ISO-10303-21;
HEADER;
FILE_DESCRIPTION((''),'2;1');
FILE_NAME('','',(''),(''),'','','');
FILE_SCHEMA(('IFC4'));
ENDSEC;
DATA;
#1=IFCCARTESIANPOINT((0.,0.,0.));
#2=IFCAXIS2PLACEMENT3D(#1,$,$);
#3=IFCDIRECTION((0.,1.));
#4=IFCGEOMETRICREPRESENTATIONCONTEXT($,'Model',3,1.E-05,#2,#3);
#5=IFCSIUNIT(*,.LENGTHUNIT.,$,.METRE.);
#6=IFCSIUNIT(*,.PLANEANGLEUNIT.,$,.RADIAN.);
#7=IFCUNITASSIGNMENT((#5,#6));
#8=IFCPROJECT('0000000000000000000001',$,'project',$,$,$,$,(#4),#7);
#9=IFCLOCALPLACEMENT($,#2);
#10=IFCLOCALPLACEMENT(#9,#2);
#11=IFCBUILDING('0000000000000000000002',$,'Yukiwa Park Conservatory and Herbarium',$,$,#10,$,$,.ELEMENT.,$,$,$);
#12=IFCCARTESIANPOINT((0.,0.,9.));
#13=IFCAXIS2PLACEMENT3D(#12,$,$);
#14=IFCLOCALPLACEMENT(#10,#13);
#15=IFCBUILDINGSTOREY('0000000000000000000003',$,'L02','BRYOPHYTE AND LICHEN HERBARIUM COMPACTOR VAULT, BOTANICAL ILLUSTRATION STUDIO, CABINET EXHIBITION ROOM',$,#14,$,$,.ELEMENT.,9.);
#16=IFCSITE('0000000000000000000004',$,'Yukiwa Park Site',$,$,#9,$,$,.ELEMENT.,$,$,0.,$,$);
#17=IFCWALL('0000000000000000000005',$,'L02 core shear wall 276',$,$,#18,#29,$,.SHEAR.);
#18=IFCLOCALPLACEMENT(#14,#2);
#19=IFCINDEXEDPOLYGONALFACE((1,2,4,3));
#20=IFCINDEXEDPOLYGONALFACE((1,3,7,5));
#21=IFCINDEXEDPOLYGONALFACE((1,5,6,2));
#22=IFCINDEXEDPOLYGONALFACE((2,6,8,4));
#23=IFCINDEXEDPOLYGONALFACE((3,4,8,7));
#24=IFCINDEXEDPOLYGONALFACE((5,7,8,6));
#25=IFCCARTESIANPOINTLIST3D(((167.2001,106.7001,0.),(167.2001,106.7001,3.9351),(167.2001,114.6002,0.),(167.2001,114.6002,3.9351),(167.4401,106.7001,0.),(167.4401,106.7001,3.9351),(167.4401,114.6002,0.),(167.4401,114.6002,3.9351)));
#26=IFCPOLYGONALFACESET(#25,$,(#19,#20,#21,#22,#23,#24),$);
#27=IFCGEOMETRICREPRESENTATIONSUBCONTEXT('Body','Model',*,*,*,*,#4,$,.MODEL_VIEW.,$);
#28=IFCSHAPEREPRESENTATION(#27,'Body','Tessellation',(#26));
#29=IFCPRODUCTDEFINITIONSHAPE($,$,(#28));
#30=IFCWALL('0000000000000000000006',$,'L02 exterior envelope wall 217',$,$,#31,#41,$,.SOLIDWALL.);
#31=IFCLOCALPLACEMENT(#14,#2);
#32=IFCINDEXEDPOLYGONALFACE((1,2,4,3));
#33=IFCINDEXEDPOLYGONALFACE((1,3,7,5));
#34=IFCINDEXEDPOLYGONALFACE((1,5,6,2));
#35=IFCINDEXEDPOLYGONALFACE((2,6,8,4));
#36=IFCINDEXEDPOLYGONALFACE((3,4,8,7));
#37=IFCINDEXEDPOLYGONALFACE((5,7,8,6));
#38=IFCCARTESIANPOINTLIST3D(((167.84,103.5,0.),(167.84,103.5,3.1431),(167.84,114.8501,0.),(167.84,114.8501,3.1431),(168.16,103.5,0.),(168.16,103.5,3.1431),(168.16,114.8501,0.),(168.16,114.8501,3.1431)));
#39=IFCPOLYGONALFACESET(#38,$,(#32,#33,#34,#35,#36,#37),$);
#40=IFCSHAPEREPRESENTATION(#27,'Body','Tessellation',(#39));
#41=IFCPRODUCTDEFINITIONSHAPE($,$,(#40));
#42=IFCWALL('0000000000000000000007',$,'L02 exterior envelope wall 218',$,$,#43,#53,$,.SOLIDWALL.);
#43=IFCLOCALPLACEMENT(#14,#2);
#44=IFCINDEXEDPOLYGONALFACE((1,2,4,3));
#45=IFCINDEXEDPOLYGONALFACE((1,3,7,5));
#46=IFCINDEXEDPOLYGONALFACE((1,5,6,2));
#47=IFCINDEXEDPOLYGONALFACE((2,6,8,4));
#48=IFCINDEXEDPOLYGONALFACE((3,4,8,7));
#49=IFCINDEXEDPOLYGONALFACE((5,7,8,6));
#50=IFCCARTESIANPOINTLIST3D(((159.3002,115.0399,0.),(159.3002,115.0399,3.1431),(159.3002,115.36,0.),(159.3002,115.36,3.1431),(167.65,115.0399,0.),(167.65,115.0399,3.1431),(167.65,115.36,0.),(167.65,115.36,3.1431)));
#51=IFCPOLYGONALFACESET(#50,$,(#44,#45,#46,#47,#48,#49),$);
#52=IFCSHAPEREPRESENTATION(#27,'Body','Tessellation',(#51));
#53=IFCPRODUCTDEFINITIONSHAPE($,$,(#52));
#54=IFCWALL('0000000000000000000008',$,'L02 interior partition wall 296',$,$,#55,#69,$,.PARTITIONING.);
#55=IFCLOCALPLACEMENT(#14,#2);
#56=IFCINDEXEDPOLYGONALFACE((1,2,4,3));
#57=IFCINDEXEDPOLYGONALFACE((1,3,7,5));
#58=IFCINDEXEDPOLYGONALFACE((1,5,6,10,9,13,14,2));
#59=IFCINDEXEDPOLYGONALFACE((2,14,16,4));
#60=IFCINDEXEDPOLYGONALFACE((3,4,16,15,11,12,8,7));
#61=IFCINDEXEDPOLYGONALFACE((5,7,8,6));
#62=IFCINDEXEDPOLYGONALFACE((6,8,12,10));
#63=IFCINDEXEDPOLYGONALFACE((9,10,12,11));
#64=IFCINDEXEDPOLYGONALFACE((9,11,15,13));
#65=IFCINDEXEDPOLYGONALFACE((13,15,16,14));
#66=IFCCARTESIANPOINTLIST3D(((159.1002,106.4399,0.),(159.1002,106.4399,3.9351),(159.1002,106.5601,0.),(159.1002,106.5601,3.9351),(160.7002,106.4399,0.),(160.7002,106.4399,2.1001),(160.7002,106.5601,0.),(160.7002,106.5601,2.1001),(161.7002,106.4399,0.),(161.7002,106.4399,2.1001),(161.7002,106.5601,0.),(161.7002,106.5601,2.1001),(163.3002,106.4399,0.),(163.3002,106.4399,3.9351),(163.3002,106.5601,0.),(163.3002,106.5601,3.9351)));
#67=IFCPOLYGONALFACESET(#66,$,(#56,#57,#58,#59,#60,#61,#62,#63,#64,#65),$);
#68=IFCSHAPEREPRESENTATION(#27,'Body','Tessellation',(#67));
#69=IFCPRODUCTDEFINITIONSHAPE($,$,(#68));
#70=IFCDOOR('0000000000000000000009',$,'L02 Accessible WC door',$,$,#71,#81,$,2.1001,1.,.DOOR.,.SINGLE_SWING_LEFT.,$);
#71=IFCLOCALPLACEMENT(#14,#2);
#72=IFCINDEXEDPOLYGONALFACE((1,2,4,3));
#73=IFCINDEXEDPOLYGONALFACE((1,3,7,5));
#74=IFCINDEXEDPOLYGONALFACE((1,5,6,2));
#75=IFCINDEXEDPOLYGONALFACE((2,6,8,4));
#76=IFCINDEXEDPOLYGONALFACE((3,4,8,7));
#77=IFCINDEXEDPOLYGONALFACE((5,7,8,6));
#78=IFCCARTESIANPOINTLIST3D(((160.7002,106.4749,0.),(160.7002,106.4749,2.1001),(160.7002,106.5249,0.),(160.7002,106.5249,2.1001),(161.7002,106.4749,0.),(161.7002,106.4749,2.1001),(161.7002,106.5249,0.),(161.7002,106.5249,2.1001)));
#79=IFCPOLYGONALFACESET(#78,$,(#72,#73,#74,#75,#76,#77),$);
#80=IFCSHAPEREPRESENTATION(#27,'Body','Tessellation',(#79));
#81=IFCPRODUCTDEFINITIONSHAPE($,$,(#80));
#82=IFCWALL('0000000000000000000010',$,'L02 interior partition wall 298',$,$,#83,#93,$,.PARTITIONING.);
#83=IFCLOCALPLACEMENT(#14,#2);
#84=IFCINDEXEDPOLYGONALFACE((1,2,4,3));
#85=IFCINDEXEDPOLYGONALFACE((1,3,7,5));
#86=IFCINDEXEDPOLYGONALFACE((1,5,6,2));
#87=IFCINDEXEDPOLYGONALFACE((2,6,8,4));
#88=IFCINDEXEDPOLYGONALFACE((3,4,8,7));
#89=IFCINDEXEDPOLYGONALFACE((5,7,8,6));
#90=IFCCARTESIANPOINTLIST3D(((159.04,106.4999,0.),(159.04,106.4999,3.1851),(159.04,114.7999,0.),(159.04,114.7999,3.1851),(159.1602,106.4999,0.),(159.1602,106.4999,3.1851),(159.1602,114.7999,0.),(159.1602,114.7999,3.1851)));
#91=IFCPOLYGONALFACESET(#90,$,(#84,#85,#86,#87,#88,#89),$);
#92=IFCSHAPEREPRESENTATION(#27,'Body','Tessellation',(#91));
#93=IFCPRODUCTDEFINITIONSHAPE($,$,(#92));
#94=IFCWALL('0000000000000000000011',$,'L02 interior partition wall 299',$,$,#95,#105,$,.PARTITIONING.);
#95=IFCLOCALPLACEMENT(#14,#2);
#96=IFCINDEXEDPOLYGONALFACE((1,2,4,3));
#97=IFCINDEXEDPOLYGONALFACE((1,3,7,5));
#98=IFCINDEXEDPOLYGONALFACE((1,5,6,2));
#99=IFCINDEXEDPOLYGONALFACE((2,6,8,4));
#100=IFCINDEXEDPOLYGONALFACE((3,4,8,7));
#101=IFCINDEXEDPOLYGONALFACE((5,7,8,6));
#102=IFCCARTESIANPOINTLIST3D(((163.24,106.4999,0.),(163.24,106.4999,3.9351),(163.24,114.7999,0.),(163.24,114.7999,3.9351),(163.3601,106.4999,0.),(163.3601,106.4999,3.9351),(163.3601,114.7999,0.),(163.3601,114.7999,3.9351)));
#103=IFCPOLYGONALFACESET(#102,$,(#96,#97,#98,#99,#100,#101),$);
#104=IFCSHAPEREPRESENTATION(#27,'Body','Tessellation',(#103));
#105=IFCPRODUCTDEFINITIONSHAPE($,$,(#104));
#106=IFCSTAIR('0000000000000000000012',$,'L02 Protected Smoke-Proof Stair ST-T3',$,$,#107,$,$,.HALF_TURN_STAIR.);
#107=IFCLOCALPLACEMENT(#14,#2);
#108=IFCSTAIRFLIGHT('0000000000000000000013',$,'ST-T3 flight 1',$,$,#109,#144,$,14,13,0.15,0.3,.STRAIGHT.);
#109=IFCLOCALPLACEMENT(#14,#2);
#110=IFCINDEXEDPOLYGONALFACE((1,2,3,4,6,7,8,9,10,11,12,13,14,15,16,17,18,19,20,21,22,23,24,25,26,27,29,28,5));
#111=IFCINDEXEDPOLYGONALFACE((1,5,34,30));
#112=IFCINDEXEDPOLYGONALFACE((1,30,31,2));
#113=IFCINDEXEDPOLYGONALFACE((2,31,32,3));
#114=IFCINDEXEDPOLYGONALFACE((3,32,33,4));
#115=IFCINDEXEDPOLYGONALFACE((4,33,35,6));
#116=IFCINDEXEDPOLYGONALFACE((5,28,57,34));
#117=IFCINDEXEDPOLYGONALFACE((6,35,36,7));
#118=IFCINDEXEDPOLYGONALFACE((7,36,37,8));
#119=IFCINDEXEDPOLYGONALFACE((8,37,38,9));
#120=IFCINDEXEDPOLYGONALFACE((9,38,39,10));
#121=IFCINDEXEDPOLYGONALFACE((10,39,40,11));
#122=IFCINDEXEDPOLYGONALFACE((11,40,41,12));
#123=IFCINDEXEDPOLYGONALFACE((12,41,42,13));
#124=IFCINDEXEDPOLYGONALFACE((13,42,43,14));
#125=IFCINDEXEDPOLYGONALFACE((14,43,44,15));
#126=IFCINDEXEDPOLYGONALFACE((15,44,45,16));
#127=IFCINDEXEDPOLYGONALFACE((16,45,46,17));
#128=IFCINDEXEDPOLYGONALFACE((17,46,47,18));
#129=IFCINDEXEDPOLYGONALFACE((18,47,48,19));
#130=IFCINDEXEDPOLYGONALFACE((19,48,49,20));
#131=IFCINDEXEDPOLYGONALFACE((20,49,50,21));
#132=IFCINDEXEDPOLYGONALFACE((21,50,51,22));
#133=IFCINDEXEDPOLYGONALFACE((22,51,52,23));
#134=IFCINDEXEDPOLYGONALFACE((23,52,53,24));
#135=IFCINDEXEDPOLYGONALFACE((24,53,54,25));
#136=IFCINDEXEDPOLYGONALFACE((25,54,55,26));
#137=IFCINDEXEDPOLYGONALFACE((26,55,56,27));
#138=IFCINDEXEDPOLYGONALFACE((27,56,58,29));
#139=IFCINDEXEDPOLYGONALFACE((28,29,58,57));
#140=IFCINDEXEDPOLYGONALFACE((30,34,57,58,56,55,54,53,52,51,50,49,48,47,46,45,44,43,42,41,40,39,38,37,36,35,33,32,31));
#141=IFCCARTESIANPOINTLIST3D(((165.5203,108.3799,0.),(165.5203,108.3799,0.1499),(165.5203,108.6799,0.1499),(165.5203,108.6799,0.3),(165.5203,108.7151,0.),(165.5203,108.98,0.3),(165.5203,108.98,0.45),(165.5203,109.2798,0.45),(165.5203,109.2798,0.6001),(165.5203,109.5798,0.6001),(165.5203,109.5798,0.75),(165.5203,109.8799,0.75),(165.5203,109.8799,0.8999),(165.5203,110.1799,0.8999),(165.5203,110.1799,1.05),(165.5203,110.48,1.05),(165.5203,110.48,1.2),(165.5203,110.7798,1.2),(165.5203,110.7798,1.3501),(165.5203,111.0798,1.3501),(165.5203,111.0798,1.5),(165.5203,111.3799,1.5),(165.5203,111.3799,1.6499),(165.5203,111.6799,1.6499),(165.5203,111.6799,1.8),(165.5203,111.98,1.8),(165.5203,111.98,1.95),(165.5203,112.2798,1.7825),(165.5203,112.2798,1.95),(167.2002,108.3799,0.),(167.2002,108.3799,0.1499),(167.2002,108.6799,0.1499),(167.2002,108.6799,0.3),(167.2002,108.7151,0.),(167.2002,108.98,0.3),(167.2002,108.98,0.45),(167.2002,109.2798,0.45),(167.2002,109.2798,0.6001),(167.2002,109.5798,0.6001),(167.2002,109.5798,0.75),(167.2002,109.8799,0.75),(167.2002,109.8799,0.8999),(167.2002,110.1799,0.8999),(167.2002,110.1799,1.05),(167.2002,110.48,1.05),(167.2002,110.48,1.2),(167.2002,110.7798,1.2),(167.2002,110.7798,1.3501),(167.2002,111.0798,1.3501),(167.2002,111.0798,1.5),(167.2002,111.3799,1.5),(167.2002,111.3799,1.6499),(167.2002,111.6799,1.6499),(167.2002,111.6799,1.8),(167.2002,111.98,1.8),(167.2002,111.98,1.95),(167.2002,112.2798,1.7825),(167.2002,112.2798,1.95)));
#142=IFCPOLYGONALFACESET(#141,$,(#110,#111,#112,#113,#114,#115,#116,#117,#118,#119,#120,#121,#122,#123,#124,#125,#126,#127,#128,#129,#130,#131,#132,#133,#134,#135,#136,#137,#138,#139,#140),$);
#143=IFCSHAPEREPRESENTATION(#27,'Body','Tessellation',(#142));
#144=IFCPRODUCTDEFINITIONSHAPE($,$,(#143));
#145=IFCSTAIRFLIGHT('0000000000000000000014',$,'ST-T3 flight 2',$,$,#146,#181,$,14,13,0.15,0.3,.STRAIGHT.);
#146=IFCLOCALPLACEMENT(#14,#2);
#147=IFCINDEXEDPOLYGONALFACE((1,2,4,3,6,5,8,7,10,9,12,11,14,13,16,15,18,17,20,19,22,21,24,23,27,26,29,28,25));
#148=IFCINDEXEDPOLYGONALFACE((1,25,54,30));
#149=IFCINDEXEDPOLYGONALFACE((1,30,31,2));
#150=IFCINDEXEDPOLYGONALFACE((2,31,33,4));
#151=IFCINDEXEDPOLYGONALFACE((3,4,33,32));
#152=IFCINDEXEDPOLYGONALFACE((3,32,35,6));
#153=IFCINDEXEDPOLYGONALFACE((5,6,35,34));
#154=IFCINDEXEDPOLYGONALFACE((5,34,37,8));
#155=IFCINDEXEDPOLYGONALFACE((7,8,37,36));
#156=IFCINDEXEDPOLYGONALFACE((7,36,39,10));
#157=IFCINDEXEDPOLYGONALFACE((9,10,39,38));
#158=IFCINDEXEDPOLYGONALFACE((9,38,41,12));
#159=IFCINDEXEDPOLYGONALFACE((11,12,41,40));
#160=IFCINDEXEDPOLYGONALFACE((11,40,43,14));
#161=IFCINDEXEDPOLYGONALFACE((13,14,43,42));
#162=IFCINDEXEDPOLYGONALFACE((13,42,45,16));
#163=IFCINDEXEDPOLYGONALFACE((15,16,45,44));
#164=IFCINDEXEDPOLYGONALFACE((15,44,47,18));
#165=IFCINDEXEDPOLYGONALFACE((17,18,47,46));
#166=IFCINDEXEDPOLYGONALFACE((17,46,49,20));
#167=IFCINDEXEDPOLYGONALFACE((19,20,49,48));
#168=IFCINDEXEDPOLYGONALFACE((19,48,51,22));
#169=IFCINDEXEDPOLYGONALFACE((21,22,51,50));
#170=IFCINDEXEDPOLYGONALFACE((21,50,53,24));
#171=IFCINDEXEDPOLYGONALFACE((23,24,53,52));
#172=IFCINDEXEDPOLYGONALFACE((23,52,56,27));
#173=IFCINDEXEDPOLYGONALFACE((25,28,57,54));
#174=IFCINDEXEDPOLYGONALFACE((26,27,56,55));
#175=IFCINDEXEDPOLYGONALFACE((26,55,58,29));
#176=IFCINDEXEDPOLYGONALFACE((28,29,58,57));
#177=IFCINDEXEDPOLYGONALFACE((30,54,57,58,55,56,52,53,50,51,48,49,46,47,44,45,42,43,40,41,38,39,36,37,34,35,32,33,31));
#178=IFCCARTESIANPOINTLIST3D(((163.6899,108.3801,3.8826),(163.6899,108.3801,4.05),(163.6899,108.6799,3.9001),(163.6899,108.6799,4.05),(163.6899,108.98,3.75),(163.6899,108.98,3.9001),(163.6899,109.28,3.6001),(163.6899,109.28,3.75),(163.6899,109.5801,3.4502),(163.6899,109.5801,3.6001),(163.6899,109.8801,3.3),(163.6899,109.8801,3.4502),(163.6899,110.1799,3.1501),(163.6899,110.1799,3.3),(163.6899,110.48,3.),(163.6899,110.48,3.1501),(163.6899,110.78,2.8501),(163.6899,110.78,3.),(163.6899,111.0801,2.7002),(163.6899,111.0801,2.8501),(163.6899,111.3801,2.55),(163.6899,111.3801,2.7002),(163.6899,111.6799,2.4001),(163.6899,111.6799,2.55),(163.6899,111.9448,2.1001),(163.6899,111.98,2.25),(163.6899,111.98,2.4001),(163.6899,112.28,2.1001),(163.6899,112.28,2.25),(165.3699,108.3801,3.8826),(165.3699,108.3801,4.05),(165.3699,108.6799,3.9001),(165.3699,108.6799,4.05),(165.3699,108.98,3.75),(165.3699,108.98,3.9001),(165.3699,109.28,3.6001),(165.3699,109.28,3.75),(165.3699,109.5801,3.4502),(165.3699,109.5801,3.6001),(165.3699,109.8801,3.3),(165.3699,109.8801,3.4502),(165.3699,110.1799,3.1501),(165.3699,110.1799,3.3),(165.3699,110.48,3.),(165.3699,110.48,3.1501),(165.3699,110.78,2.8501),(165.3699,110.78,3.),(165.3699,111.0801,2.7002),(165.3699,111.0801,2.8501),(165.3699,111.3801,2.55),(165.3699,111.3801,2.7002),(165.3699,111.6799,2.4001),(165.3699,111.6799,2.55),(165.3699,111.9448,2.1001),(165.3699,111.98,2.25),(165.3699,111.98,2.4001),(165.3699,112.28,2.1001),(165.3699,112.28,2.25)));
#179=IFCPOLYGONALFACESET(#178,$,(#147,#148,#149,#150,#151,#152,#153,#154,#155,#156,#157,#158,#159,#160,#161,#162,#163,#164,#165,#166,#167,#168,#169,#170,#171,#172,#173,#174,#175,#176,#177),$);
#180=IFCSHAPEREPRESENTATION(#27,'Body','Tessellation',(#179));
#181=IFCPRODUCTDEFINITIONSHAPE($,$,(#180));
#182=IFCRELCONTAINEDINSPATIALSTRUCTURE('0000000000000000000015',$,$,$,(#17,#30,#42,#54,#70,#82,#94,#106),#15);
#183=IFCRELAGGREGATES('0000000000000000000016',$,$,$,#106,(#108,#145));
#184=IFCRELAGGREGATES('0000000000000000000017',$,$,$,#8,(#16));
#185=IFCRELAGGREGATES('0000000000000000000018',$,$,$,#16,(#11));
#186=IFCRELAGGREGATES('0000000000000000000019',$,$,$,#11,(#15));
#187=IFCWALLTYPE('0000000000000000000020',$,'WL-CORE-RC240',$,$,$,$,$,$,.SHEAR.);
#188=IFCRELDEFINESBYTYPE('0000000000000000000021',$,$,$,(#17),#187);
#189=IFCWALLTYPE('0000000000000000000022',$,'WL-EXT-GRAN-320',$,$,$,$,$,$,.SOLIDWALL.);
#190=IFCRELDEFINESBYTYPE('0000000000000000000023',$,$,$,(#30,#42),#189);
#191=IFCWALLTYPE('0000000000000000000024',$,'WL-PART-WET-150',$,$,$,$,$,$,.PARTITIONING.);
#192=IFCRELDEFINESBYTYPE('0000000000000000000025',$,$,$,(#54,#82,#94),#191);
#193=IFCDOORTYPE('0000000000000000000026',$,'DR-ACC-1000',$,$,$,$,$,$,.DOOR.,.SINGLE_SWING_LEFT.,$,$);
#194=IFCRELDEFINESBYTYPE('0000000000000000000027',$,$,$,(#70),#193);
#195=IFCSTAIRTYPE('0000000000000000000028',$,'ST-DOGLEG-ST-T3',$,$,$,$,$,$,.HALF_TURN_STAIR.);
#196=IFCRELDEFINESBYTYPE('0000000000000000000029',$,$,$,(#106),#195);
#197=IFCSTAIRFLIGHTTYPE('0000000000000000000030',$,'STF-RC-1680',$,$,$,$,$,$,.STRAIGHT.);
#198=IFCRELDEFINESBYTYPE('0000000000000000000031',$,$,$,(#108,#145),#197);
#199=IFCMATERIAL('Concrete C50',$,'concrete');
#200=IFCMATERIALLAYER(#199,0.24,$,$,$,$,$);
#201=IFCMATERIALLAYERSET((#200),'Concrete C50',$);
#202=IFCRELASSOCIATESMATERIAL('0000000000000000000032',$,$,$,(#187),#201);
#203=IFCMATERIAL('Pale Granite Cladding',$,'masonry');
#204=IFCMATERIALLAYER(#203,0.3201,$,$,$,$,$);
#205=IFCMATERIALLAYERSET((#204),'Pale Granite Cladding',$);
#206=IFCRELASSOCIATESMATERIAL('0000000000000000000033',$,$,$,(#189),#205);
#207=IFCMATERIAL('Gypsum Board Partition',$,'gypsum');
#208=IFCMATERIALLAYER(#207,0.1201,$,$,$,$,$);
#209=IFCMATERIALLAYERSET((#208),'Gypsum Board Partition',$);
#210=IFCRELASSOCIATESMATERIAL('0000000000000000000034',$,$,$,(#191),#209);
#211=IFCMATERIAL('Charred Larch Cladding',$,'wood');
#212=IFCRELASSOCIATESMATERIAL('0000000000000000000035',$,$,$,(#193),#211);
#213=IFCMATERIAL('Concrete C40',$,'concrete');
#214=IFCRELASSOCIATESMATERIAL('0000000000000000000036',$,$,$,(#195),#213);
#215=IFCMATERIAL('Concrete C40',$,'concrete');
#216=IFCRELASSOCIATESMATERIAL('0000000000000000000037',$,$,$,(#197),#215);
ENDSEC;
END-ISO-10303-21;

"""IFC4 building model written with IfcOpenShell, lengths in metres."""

from ifc_helpers import new_model, si_unit, direction, frame, frame_2d, origin, place, context, subcontext, project, spatial, polyline, rectangle, outline, extrude, material, layer, layer_set, type_object, element, fill, aggregate, save


model = new_model("IFC4")

# Units and contexts
model_context = context("Model", 3, precision=1e-05, world=origin(), true_north=direction((0.0, 1.0)))
body_context = subcontext(model_context, "Body", "Model", "MODEL_VIEW")
ifc_project = project(units=[si_unit("LENGTHUNIT", "METRE"), si_unit("PLANEANGLEUNIT", "RADIAN")], contexts=[model_context])

# Site, building, storey
site_placement = place(None, origin())
site = spatial("IfcSite", under=ifc_project, at=site_placement, Name="Yukiwa Park Site", CompositionType="ELEMENT", RefElevation=0.0)
building_placement = place(site_placement, origin())
building = spatial("IfcBuilding", under=site, at=building_placement, Name="Yukiwa Park Conservatory and Herbarium", CompositionType="ELEMENT")
storey_placement = place(building_placement, frame((0.0, 0.0, 9.0)))
storey = spatial("IfcBuildingStorey", under=building, at=storey_placement, Name="L02", Description="BRYOPHYTE AND LICHEN HERBARIUM COMPACTOR VAULT, BOTANICAL ILLUSTRATION STUDIO, CABINET EXHIBITION ROOM", CompositionType="ELEMENT", Elevation=9.0)

# Shared definitions
ifc_material_1 = material(Name="Concrete C50", Category="concrete")
ifc_layer_1 = layer(ifc_material_1, 0.24)
ifc_layer_set_1 = layer_set([ifc_layer_1], Name="Concrete C50")
wall_type_1 = type_object("IfcWallType", Name="WL-CORE-RC240", PredefinedType="SHEAR", material=ifc_layer_set_1)

# Walls
for number, where, z_axis, x_axis, name in (
    (1, (167.3201, 106.7, 0.0), (0.0, 0.0, 1.0), (0.0, 1.0, 0.0), "L02 core shear wall 276"),
):
    element("IfcWall", number, at=place(storey_placement, frame(where, z_axis=z_axis, x_axis=x_axis)), inside=storey, type_object=wall_type_1, Name=name, PredefinedType="SHEAR", context=body_context, shape_type="SweptSolid", body=[
        extrude(rectangle(XDim=7.9001, YDim=0.24, at=frame_2d((3.9502, 0.0))), origin(), (0.0, 0.0, 1.0), 3.9351),
    ])
ifc_material_2 = material(Name="Pale Granite Cladding", Category="masonry")
ifc_layer_2 = layer(ifc_material_2, 0.3201)
ifc_layer_set_2 = layer_set([ifc_layer_2], Name="Pale Granite Cladding")
wall_type_2 = type_object("IfcWallType", Name="WL-EXT-GRAN-320", PredefinedType="SOLIDWALL", material=ifc_layer_set_2)
wall_1_placement = place(storey_placement, frame((168.0, 103.5, 0.0), z_axis=(0.0, 0.0, 1.0), x_axis=(0.0, 1.0, 0.0)))
element("IfcWall", 2, at=wall_1_placement, inside=storey, type_object=wall_type_2, Name="L02 exterior envelope wall 217", PredefinedType="SOLIDWALL", context=body_context, shape_type="SweptSolid", body=[
    extrude(rectangle(XDim=11.3501, YDim=0.3201, at=frame_2d((5.675, 0.0))), origin(), (0.0, 0.0, 1.0), 3.1431),
])
wall_2_placement = place(storey_placement, frame((167.6499, 115.2, 0.0), z_axis=(0.0, 0.0, 1.0), x_axis=(-1.0, 0.0, 0.0)))
element("IfcWall", 3, at=wall_2_placement, inside=storey, type_object=wall_type_2, Name="L02 exterior envelope wall 218", PredefinedType="SOLIDWALL", context=body_context, shape_type="SweptSolid", body=[
    extrude(rectangle(XDim=8.3499, YDim=0.3201, at=frame_2d((4.1748, 0.0))), origin(), (0.0, 0.0, 1.0), 3.1431),
])

# Wall, opening, door
ifc_material_3 = material(Name="Gypsum Board Partition", Category="gypsum")
ifc_layer_3 = layer(ifc_material_3, 0.1201)
ifc_layer_set_3 = layer_set([ifc_layer_3], Name="Gypsum Board Partition")
wall_type_3 = type_object("IfcWallType", Name="WL-PART-WET-150", PredefinedType="PARTITIONING", material=ifc_layer_set_3)
wall_3_placement = place(storey_placement, frame((159.1001, 106.5, 0.0), z_axis=(0.0, 0.0, 1.0), x_axis=(1.0, 0.0, 0.0)))
wall_3 = element("IfcWall", 4, at=wall_3_placement, inside=storey, type_object=wall_type_3, Name="L02 interior partition wall 296", PredefinedType="PARTITIONING", context=body_context, shape_type="SweptSolid", body=[
    extrude(rectangle(XDim=4.2, YDim=0.1201, at=frame_2d((2.1001, 0.0))), origin(), (0.0, 0.0, 1.0), 3.9351),
])
opening_1_placement = place(wall_3_placement, frame((1.6001, 0.0, 0.0)))
opening_1 = element("IfcOpeningElement", 5, at=opening_1_placement, cuts=wall_3, PredefinedType="OPENING", context=body_context, shape_type="SweptSolid", body=[
    extrude(rectangle(XDim=1.0, YDim=2.1001, at=frame_2d((0.5, 1.05))), frame((0.0, 0.0701, 0.0), z_axis=(0.0, -1.0, 0.0), x_axis=(1.0, 0.0, 0.0)), (0.0, 0.0, 1.0), 0.1401),
])
ifc_material_4 = material(Name="Charred Larch Cladding", Category="wood")
door_type_1 = type_object("IfcDoorType", Name="DR-ACC-1000", OperationType="SINGLE_SWING_LEFT", PredefinedType="DOOR", material=ifc_material_4)
door_1_placement = place(opening_1_placement, origin())
door_1 = element("IfcDoor", 6, at=door_1_placement, inside=storey, type_object=door_type_1, Name="L02 Accessible WC door", OperationType="SINGLE_SWING_LEFT", OverallHeight=2.1001, OverallWidth=1.0, PredefinedType="DOOR", context=body_context, shape_type="SweptSolid", body=[
    extrude(rectangle(XDim=1.0, YDim=2.1001, at=frame_2d((0.5, 1.05))), frame((0.0, 0.0249, 0.0), z_axis=(0.0, -1.0, 0.0), x_axis=(1.0, 0.0, 0.0)), (0.0, 0.0, 1.0), 0.05),
])
fill(opening_1, door_1)

# Walls
wall_4_placement = place(storey_placement, frame((159.1001, 106.5, 0.0), z_axis=(0.0, 0.0, 1.0), x_axis=(0.0, 1.0, 0.0)))
element("IfcWall", 7, at=wall_4_placement, inside=storey, type_object=wall_type_3, Name="L02 interior partition wall 298", PredefinedType="PARTITIONING", context=body_context, shape_type="SweptSolid", body=[
    extrude(rectangle(XDim=8.3, YDim=0.1201, at=frame_2d((4.1499, 0.0))), origin(), (0.0, 0.0, 1.0), 3.1851),
])
wall_5_placement = place(storey_placement, frame((163.3, 106.5, 0.0), z_axis=(0.0, 0.0, 1.0), x_axis=(0.0, 1.0, 0.0)))
element("IfcWall", 8, at=wall_5_placement, inside=storey, type_object=wall_type_3, Name="L02 interior partition wall 299", PredefinedType="PARTITIONING", context=body_context, shape_type="SweptSolid", body=[
    extrude(rectangle(XDim=8.3, YDim=0.1201, at=frame_2d((4.1499, 0.0))), origin(), (0.0, 0.0, 1.0), 3.9351),
])

# Stair, stair flights
ifc_material_5 = material(Name="Concrete C40", Category="concrete")
stair_type = type_object("IfcStairType", Name="ST-DOGLEG-ST-T3", PredefinedType="HALF_TURN_STAIR", material=ifc_material_5)
stair_placement = place(storey_placement, origin())
stair = element("IfcStair", 9, at=stair_placement, inside=storey, type_object=stair_type, Name="L02 Protected Smoke-Proof Stair ST-T3", PredefinedType="HALF_TURN_STAIR")
ifc_material_6 = material(Name="Concrete C40", Category="concrete")
stair_flight_type = type_object("IfcStairFlightType", Name="STF-RC-1680", PredefinedType="STRAIGHT", material=ifc_material_6)
stair_flight_1_placement = place(storey_placement, frame((166.3601, 108.3799, 0.0), z_axis=(0.0, 0.0, 1.0), x_axis=(0.0, 1.0, 0.0)))
stair_flight_1 = element("IfcStairFlight", 10, at=stair_flight_1_placement, type_object=stair_flight_type, Name="ST-T3 flight 1", NumberOfRisers=14, NumberOfTreads=13, PredefinedType="STRAIGHT", RiserHeight=0.15, TreadLength=0.3, context=body_context, shape_type="SweptSolid", body=[
    extrude(outline(polyline([(0.0, 0.0), (0.0, 0.1499), (0.3, 0.1499), (0.3, 0.3), (0.6001, 0.3), (0.6001, 0.45), (0.8999, 0.45), (0.8999, 0.6001), (1.2, 0.6001), (1.2, 0.75), (1.5, 0.75), (1.5, 0.8999), (1.8, 0.8999), (1.8, 1.05), (2.1001, 1.05), (2.1001, 1.2), (2.3999, 1.2), (2.3999, 1.3501), (2.7, 1.3501), (2.7, 1.5), (3.0, 1.5), (3.0, 1.6499), (3.3, 1.6499), (3.3, 1.8), (3.6001, 1.8), (3.6001, 1.95), (3.8999, 1.95), (3.8999, 2.1001), (3.8999, 1.7825), (0.3352, 0.0), (0.0, 0.0)])), frame((0.0, 0.8398, 0.0), z_axis=(0.0, -1.0, 0.0), x_axis=(1.0, 0.0, 0.0)), (0.0, 0.0, 1.0), 1.6799),
])
stair_flight_2_placement = place(storey_placement, frame((164.53, 112.28, 2.1001), z_axis=(0.0, 0.0, 1.0), x_axis=(0.0, -1.0, 0.0)))
stair_flight_2 = element("IfcStairFlight", 11, at=stair_flight_2_placement, type_object=stair_flight_type, Name="ST-T3 flight 2", NumberOfRisers=14, NumberOfTreads=13, PredefinedType="STRAIGHT", RiserHeight=0.15, TreadLength=0.3, context=body_context, shape_type="SweptSolid", body=[
    extrude(outline(polyline([(0.0, 0.0), (0.0, 0.1499), (0.3, 0.1499), (0.3, 0.3), (0.6001, 0.3), (0.6001, 0.45), (0.8999, 0.45), (0.8999, 0.6001), (1.2, 0.6001), (1.2, 0.75), (1.5, 0.75), (1.5, 0.8999), (1.8, 0.8999), (1.8, 1.05), (2.1001, 1.05), (2.1001, 1.2), (2.3999, 1.2), (2.3999, 1.3501), (2.7, 1.3501), (2.7, 1.5), (3.0, 1.5), (3.0, 1.6499), (3.3, 1.6499), (3.3, 1.8), (3.6001, 1.8), (3.6001, 1.95), (3.8999, 1.95), (3.8999, 2.1001), (3.8999, 1.7825), (0.3352, 0.0), (0.0, 0.0)])), frame((0.0, 0.8398, 0.0), z_axis=(0.0, -1.0, 0.0), x_axis=(1.0, 0.0, 0.0)), (0.0, 0.0, 1.0), 1.6799),
])
aggregate(stair, [stair_flight_1, stair_flight_2])

save(model, "model.ifc")
